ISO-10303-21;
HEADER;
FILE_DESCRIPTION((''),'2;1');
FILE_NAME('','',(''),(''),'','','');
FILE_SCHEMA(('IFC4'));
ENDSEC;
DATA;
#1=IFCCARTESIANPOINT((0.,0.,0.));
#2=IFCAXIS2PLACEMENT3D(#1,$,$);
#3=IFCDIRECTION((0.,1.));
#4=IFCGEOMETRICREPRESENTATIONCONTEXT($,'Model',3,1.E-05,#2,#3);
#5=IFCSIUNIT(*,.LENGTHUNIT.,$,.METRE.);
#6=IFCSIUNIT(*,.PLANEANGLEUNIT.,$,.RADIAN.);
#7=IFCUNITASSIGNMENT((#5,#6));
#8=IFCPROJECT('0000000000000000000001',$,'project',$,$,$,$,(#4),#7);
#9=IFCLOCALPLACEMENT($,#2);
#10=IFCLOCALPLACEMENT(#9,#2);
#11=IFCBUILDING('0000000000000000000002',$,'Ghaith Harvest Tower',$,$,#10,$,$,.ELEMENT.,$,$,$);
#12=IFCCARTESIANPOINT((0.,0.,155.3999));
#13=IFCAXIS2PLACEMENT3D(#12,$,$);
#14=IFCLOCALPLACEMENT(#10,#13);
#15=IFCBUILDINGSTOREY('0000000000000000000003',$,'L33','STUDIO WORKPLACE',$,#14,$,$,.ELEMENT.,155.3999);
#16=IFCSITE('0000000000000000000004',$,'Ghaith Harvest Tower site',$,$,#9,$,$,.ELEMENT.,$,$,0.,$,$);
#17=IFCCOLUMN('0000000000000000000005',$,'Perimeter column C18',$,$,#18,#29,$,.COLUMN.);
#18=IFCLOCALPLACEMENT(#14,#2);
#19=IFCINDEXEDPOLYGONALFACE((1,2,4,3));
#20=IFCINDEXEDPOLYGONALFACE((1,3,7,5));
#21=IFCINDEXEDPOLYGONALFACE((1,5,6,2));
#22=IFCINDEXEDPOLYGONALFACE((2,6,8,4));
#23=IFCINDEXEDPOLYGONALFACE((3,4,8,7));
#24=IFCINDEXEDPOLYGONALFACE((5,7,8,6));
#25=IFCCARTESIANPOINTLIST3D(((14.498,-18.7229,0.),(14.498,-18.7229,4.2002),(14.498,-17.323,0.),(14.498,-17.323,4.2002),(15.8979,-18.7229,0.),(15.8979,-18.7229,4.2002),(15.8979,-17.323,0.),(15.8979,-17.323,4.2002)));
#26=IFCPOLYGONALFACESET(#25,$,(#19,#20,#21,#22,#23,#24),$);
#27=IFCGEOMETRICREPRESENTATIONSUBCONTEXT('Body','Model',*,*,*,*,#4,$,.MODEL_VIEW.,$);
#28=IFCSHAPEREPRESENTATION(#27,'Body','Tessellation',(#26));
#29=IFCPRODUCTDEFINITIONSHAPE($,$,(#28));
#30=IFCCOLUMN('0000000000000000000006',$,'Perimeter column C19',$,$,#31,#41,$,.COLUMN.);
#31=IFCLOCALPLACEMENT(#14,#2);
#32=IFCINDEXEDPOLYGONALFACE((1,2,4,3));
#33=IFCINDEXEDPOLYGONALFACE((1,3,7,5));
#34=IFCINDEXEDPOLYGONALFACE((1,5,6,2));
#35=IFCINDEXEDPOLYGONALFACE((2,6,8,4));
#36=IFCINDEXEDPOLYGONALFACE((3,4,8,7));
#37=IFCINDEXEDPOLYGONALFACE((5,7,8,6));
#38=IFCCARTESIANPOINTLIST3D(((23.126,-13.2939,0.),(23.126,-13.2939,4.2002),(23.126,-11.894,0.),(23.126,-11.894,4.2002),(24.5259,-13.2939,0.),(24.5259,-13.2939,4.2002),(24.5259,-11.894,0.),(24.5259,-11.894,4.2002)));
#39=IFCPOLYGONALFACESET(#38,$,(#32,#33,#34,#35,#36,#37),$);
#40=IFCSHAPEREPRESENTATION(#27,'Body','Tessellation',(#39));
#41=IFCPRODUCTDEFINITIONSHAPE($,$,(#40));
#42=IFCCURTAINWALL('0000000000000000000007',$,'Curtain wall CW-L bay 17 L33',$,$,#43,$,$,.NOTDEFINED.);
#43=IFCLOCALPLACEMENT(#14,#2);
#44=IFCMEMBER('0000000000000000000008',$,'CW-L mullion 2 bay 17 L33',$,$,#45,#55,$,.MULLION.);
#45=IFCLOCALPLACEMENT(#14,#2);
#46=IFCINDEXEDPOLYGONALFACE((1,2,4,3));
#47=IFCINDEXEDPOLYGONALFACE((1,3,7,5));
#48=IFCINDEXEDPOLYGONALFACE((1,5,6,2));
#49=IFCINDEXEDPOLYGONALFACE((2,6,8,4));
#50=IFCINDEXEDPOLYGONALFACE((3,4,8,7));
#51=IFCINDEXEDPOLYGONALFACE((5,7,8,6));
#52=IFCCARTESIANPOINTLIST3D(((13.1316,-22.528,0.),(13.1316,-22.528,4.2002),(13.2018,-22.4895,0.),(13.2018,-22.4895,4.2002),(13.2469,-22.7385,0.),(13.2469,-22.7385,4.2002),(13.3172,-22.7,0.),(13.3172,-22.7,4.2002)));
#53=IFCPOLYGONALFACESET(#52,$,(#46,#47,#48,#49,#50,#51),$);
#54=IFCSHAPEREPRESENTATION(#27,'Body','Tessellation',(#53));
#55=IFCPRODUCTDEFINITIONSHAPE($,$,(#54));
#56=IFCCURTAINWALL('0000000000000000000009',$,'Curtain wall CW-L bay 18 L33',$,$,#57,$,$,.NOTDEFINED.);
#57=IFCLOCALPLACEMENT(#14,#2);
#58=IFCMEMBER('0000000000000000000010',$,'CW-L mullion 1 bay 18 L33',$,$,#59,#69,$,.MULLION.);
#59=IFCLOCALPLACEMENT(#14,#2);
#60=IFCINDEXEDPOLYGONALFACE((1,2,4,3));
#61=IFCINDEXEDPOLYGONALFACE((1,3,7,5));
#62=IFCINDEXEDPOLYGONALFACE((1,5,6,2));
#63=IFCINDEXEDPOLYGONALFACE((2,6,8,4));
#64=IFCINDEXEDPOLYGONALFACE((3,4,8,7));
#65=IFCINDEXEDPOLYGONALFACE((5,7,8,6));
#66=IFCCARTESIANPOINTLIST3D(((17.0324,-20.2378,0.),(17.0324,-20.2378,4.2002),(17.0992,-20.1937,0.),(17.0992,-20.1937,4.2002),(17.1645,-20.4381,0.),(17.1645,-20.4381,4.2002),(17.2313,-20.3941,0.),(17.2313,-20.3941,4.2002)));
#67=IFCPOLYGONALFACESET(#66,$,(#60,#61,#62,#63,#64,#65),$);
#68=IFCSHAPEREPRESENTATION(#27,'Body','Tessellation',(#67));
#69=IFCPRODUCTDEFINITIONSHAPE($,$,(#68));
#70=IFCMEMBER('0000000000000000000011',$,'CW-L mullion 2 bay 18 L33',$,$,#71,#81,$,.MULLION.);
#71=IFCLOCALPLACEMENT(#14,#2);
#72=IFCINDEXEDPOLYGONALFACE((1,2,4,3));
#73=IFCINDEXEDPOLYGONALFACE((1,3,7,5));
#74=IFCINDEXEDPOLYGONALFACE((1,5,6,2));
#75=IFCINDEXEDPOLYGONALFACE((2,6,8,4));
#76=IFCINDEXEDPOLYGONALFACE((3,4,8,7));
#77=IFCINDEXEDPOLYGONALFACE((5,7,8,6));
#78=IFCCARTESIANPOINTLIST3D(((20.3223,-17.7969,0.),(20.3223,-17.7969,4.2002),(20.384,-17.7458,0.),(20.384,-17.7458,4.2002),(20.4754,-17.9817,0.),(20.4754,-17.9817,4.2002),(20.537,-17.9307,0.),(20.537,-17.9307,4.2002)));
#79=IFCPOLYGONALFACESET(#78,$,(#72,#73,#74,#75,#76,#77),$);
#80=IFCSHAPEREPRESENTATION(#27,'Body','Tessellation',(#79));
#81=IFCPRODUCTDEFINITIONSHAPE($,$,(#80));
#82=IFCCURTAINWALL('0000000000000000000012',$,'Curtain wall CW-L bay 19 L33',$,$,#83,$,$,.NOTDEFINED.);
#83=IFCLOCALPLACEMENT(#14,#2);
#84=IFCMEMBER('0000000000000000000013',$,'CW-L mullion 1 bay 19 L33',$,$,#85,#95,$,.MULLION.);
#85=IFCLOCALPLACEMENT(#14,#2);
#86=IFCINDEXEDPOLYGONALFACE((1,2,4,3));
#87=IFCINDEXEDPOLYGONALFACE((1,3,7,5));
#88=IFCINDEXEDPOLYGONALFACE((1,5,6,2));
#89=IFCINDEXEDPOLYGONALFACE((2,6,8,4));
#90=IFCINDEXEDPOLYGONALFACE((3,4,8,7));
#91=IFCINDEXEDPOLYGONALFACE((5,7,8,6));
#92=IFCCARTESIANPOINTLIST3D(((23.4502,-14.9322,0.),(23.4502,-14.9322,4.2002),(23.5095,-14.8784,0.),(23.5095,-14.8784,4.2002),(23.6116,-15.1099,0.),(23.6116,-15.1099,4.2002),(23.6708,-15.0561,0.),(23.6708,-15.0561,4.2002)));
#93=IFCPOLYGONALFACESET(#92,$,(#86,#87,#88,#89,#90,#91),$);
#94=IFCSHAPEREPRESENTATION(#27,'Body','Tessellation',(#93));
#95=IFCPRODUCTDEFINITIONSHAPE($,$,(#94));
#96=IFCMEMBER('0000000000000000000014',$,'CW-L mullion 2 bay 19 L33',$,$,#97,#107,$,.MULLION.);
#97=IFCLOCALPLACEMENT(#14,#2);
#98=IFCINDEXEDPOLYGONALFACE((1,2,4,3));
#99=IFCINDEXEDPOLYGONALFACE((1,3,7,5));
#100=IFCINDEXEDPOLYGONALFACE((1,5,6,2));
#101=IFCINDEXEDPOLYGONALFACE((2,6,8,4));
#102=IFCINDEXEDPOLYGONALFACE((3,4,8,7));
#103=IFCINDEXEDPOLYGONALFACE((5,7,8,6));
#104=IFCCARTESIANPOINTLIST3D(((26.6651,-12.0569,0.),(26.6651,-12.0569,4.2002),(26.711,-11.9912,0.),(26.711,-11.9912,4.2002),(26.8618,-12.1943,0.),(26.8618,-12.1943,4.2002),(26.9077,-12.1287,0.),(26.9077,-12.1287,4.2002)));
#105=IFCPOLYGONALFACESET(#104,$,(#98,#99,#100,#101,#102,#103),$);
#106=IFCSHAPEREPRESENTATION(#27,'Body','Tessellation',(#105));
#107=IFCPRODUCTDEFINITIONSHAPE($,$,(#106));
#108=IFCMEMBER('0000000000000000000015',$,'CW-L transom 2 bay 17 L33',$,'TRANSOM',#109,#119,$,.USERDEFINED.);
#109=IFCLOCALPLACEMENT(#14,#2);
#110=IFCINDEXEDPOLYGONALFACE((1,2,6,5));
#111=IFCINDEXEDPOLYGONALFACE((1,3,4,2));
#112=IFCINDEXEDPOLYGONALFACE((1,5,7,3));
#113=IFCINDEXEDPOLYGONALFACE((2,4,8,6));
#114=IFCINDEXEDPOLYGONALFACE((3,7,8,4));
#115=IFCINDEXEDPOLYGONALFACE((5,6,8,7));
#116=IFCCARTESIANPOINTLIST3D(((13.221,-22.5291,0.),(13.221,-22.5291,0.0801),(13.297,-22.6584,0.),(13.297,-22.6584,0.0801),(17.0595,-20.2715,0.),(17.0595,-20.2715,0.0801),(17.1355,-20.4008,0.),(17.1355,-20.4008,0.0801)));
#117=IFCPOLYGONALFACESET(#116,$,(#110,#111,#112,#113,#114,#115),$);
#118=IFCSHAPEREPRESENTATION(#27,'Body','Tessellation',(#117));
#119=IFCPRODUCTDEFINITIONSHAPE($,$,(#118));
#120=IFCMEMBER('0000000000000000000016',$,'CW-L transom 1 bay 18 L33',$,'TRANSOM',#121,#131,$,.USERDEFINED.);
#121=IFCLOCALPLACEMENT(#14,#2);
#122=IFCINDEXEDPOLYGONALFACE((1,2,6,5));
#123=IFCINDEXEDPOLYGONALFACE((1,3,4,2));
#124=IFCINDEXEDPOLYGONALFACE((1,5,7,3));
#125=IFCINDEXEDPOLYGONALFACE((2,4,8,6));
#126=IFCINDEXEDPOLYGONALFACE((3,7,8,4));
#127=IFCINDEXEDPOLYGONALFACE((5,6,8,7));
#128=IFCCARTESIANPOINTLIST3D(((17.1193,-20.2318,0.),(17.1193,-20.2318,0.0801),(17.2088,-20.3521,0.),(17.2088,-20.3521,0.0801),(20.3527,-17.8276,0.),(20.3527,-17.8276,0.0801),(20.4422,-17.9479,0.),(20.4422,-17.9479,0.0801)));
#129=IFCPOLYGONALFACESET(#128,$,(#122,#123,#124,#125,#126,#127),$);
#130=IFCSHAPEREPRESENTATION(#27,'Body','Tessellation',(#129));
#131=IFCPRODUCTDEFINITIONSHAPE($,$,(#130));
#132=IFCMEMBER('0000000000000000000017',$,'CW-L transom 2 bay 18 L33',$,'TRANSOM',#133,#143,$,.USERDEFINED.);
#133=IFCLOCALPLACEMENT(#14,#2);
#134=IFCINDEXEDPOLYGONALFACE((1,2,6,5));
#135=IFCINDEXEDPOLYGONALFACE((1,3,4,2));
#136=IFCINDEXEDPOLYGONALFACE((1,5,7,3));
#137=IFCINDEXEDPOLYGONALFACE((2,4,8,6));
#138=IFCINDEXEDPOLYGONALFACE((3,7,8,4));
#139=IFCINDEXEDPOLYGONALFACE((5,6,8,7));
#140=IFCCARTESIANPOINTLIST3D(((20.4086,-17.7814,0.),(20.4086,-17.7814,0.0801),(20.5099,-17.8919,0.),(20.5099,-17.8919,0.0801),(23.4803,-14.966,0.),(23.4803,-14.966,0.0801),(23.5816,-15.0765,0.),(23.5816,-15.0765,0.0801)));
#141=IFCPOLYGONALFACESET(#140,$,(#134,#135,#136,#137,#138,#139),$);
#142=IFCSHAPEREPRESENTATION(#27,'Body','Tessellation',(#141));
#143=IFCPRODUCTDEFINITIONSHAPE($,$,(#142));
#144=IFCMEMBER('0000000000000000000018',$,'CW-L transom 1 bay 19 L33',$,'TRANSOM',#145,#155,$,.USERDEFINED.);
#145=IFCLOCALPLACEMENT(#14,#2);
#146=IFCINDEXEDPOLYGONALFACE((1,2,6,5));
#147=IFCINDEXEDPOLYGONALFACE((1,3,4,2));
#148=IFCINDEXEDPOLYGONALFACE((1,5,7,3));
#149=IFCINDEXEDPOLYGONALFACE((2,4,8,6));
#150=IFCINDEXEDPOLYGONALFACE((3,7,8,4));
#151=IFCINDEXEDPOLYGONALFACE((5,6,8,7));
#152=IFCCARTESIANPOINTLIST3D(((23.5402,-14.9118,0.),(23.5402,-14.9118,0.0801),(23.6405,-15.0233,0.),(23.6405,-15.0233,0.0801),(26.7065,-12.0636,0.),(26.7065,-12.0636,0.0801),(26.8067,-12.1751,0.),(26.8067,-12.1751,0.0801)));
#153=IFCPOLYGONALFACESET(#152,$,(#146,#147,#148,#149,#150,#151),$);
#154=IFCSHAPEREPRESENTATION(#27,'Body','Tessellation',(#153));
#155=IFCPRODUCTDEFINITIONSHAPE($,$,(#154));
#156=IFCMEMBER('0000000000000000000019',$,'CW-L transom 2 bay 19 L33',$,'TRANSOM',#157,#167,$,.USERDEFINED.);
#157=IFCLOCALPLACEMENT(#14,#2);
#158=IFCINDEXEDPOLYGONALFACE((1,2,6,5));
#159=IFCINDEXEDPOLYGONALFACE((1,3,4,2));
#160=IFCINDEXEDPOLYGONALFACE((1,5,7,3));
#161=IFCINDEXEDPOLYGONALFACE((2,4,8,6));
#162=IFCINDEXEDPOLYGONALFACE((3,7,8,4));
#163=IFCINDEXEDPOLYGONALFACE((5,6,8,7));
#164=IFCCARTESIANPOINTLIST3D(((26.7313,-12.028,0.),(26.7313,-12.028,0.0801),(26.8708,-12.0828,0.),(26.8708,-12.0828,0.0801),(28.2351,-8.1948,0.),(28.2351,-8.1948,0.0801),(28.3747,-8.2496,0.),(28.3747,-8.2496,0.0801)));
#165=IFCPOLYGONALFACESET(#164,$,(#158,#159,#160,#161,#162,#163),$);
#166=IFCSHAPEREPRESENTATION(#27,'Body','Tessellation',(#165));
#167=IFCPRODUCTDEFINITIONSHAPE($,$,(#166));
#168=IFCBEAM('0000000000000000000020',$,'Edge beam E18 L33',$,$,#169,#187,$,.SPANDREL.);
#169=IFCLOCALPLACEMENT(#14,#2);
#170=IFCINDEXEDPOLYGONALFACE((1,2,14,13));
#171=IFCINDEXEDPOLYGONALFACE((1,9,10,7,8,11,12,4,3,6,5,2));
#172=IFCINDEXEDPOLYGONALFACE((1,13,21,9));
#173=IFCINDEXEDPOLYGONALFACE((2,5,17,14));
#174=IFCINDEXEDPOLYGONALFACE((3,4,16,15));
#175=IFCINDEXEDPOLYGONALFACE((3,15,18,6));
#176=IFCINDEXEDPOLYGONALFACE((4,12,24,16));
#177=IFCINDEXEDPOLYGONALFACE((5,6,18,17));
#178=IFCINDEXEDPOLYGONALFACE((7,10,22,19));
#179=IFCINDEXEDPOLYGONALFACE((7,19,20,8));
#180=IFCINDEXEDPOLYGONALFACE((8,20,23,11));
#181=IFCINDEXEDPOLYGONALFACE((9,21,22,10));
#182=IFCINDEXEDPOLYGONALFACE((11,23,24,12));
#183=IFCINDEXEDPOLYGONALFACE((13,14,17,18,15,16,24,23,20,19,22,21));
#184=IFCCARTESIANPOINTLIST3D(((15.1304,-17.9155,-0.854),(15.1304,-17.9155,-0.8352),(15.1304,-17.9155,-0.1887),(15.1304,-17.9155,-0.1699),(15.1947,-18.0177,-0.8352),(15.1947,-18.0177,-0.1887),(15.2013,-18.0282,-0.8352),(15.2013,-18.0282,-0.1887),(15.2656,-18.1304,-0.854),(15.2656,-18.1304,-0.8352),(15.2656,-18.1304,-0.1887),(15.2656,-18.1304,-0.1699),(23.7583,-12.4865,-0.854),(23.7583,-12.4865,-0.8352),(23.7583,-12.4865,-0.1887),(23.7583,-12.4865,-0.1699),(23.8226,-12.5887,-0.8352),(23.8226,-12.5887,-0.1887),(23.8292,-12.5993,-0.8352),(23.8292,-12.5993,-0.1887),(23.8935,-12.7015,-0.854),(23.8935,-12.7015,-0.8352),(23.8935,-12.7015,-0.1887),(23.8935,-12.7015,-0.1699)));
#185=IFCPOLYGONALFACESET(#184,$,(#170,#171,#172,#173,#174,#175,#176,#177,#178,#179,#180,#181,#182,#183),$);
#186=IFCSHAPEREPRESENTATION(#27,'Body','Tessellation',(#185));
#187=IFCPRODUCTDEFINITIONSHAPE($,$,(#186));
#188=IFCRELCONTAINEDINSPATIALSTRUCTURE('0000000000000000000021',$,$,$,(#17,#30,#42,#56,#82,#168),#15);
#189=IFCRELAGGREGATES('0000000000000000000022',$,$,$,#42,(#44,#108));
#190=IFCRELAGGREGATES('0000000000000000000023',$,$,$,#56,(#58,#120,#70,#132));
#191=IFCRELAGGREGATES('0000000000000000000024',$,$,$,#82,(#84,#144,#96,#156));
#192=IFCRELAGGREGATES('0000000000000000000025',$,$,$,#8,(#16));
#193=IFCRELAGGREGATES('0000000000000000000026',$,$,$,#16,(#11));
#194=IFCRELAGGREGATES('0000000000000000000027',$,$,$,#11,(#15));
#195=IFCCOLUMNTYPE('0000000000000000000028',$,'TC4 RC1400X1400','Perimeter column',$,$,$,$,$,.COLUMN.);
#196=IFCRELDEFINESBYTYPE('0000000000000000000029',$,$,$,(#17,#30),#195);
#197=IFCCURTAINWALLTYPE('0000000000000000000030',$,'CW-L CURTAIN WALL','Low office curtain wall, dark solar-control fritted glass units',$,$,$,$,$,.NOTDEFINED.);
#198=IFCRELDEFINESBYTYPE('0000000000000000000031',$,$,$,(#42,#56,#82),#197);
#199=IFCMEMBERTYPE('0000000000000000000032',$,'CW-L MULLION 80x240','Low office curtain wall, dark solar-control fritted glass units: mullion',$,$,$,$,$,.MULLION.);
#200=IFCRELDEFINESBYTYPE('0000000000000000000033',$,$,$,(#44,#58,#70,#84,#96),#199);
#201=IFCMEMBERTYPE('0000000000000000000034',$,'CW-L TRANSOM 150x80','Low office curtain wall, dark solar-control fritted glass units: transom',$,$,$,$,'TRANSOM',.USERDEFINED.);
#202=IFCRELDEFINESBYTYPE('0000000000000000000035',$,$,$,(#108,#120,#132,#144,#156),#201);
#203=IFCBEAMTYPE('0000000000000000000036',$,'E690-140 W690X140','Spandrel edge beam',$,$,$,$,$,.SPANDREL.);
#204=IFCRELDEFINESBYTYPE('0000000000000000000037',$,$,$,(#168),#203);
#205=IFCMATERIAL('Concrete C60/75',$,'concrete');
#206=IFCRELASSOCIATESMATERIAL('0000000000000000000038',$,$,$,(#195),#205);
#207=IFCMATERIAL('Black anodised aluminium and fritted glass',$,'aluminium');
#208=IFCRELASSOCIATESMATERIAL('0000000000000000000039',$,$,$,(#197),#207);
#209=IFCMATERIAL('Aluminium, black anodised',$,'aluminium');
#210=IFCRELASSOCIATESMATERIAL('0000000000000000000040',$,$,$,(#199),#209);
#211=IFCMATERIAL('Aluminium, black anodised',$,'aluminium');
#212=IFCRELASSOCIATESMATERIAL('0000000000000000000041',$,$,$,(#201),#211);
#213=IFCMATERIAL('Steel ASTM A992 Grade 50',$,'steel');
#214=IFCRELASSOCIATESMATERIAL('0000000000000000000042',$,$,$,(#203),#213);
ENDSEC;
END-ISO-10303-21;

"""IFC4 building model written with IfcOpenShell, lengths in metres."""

from ifc_helpers import new_model, si_unit, direction, frame, origin, origin_2d, place, context, subcontext, project, spatial, rectangle, i_section, extrude, material, material_profile, profile_set, type_object, element, aggregate, save


model = new_model("IFC4")

# Units and contexts
model_context = context("Model", 3, precision=1e-05, world=origin(), true_north=direction((0.0, 1.0)))
body_context = subcontext(model_context, "Body", "Model", "MODEL_VIEW")
ifc_project = project(units=[si_unit("LENGTHUNIT", "METRE"), si_unit("PLANEANGLEUNIT", "RADIAN")], contexts=[model_context])

# Site, building, storey
site_placement = place(None, origin())
site = spatial("IfcSite", under=ifc_project, at=site_placement, Name="Ghaith Harvest Tower site", CompositionType="ELEMENT", RefElevation=0.0)
building_placement = place(site_placement, origin())
building = spatial("IfcBuilding", under=site, at=building_placement, Name="Ghaith Harvest Tower", CompositionType="ELEMENT")
storey_placement = place(building_placement, frame((0.0, 0.0, 155.3999)))
storey = spatial("IfcBuildingStorey", under=building, at=storey_placement, Name="L33", Description="STUDIO WORKPLACE", CompositionType="ELEMENT", Elevation=155.3999)

# Columns
ifc_material_1 = material(Name="Concrete C60/75", Category="concrete")
ifc_material_profile_1 = material_profile(ifc_material_1, rectangle(XDim=1.3999, YDim=1.3999, at=origin_2d()), Name="RC1400X1400")
ifc_profile_set_1 = profile_set([ifc_material_profile_1], Name="Concrete C60/75")
column_type = type_object("IfcColumnType", Name="TC4 RC1400X1400", Description="Perimeter column", PredefinedType="COLUMN", material=ifc_profile_set_1)
for number, where, z_axis, x_axis, name in (
    (1, (15.198, -18.0229, 0.0), (0.0, 0.0, 1.0), (1.0, 0.0, 0.0), "Perimeter column C18"),
    (2, (23.8259, -12.594, 0.0), (0.0, 0.0, 1.0), (1.0, 0.0, 0.0), "Perimeter column C19"),
):
    element("IfcColumn", number, at=place(storey_placement, frame(where, z_axis=z_axis, x_axis=x_axis)), inside=storey, type_object=column_type, Name=name, PredefinedType="COLUMN", context=body_context, shape_type="SweptSolid", body=[
        extrude(rectangle(XDim=1.3999, YDim=1.3999, at=origin_2d()), origin(), (0.0, 0.0, 1.0), 4.2002),
    ])

# Curtain wall, member
ifc_material_2 = material(Name="Black anodised aluminium and fritted glass", Category="aluminium")
curtain_wall_type = type_object("IfcCurtainWallType", Name="CW-L CURTAIN WALL", Description="Low office curtain wall, dark solar-control fritted glass units", PredefinedType="NOTDEFINED", material=ifc_material_2)
curtain_wall_1_placement = place(storey_placement, origin())
curtain_wall_1 = element("IfcCurtainWall", 3, at=curtain_wall_1_placement, inside=storey, type_object=curtain_wall_type, Name="Curtain wall CW-L bay 17 L33", PredefinedType="NOTDEFINED")
ifc_material_3 = material(Name="Aluminium, black anodised", Category="aluminium")
ifc_material_profile_2 = material_profile(ifc_material_3, rectangle(XDim=0.0801, YDim=0.24, at=origin_2d()), Name="CW-L MULLION 80x240")
ifc_profile_set_2 = profile_set([ifc_material_profile_2], Name="Aluminium, black anodised")
member_type_1 = type_object("IfcMemberType", Name="CW-L MULLION 80x240", Description="Low office curtain wall, dark solar-control fritted glass units: mullion", PredefinedType="MULLION", material=ifc_profile_set_2)
member_1_placement = place(storey_placement, frame((13.2244, -22.614, 0.0), z_axis=(0.0, 0.0, 1.0), x_axis=(0.876899, 0.480675, 0.0)))
member_1 = element("IfcMember", 4, at=member_1_placement, type_object=member_type_1, Name="CW-L mullion 2 bay 17 L33", PredefinedType="MULLION", context=body_context, shape_type="SweptSolid", body=[
    extrude(rectangle(XDim=0.0801, YDim=0.24, at=origin_2d()), origin(), (0.0, 0.0, 1.0), 4.2002),
])

# Curtain walls, members
curtain_wall_2_placement = place(storey_placement, origin())
curtain_wall_2 = element("IfcCurtainWall", 5, at=curtain_wall_2_placement, inside=storey, type_object=curtain_wall_type, Name="Curtain wall CW-L bay 18 L33", PredefinedType="NOTDEFINED")
member_2_placement = place(storey_placement, frame((17.1318, -20.3159, 0.0), z_axis=(0.0, 0.0, 1.0), x_axis=(0.834887, 0.550421, 0.0)))
member_2 = element("IfcMember", 6, at=member_2_placement, type_object=member_type_1, Name="CW-L mullion 1 bay 18 L33", PredefinedType="MULLION", context=body_context, shape_type="SweptSolid", body=[
    extrude(rectangle(XDim=0.0801, YDim=0.24, at=origin_2d()), origin(), (0.0, 0.0, 1.0), 4.2002),
])
member_3_placement = place(storey_placement, frame((20.4297, -17.8638, 0.0), z_axis=(0.0, 0.0, 1.0), x_axis=(0.770306, 0.637674, 0.0)))
member_3 = element("IfcMember", 7, at=member_3_placement, type_object=member_type_1, Name="CW-L mullion 2 bay 18 L33", PredefinedType="MULLION", context=body_context, shape_type="SweptSolid", body=[
    extrude(rectangle(XDim=0.0801, YDim=0.24, at=origin_2d()), origin(), (0.0, 0.0, 1.0), 4.2002),
])
curtain_wall_3_placement = place(storey_placement, origin())
curtain_wall_3 = element("IfcCurtainWall", 8, at=curtain_wall_3_placement, inside=storey, type_object=curtain_wall_type, Name="Curtain wall CW-L bay 19 L33", PredefinedType="NOTDEFINED")
member_4_placement = place(storey_placement, frame((23.5605, -14.9941, 0.0), z_axis=(0.0, 0.0, 1.0), x_axis=(0.740389, 0.672179, 0.0)))
member_4 = element("IfcMember", 9, at=member_4_placement, type_object=member_type_1, Name="CW-L mullion 1 bay 19 L33", PredefinedType="MULLION", context=body_context, shape_type="SweptSolid", body=[
    extrude(rectangle(XDim=0.0801, YDim=0.24, at=origin_2d()), origin(), (0.0, 0.0, 1.0), 4.2002),
])
member_5_placement = place(storey_placement, frame((26.7864, -12.0928, 0.0), z_axis=(0.0, 0.0, 1.0), x_axis=(0.572853, 0.819658, 0.0)))
member_5 = element("IfcMember", 10, at=member_5_placement, type_object=member_type_1, Name="CW-L mullion 2 bay 19 L33", PredefinedType="MULLION", context=body_context, shape_type="SweptSolid", body=[
    extrude(rectangle(XDim=0.0801, YDim=0.24, at=origin_2d()), origin(), (0.0, 0.0, 1.0), 4.2002),
])

# Members
ifc_material_4 = material(Name="Aluminium, black anodised", Category="aluminium")
ifc_material_profile_3 = material_profile(ifc_material_4, rectangle(XDim=0.1499, YDim=0.0801, at=origin_2d()), Name="CW-L TRANSOM 150x80")
ifc_profile_set_3 = profile_set([ifc_material_profile_3], Name="Aluminium, black anodised")
member_type_2 = type_object("IfcMemberType", Name="CW-L TRANSOM 150x80", Description="Low office curtain wall, dark solar-control fritted glass units: transom", ElementType="TRANSOM", PredefinedType="USERDEFINED", material=ifc_profile_set_3)
member_6_placement = place(storey_placement, frame((13.259, -22.5938, 0.04), z_axis=(0.861964, 0.50697, 0.0), x_axis=(-0.50697, 0.861964, 0.0)))
member_6 = element("IfcMember", 11, at=member_6_placement, type_object=member_type_2, Name="CW-L transom 2 bay 17 L33", ObjectType="TRANSOM", PredefinedType="USERDEFINED", context=body_context, shape_type="SweptSolid", body=[
    extrude(rectangle(XDim=0.1499, YDim=0.0801, at=origin_2d()), origin(), (0.0, 0.0, 1.0), 4.4531),
])
member_7_placement = place(storey_placement, frame((17.1641, -20.292, 0.04), z_axis=(0.802465, 0.596699, 0.0), x_axis=(-0.596699, 0.802465, 0.0)))
member_7 = element("IfcMember", 12, at=member_7_placement, type_object=member_type_2, Name="CW-L transom 1 bay 18 L33", ObjectType="TRANSOM", PredefinedType="USERDEFINED", context=body_context, shape_type="SweptSolid", body=[
    extrude(rectangle(XDim=0.1499, YDim=0.0801, at=origin_2d()), origin(), (0.0, 0.0, 1.0), 4.0293),
])
member_8_placement = place(storey_placement, frame((20.4592, -17.8367, 0.04), z_axis=(0.737198, 0.675677, 0.0), x_axis=(-0.675677, 0.737198, 0.0)))
member_8 = element("IfcMember", 13, at=member_8_placement, type_object=member_type_2, Name="CW-L transom 2 bay 18 L33", ObjectType="TRANSOM", PredefinedType="USERDEFINED", context=body_context, shape_type="SweptSolid", body=[
    extrude(rectangle(XDim=0.1499, YDim=0.0801, at=origin_2d()), origin(), (0.0, 0.0, 1.0), 4.1667),
])
member_9_placement = place(storey_placement, frame((23.5903, -14.9675, 0.04), z_axis=(0.743468, 0.668772, 0.0), x_axis=(-0.668772, 0.743468, 0.0)))
member_9 = element("IfcMember", 14, at=member_9_placement, type_object=member_type_2, Name="CW-L transom 1 bay 19 L33", ObjectType="TRANSOM", PredefinedType="USERDEFINED", context=body_context, shape_type="SweptSolid", body=[
    extrude(rectangle(XDim=0.1499, YDim=0.0801, at=origin_2d()), origin(), (0.0, 0.0, 1.0), 4.2588),
])
member_10_placement = place(storey_placement, frame((26.801, -12.0554, 0.04), z_axis=(0.365229, 0.930918, 0.0), x_axis=(-0.930918, 0.365229, 0.0)))
member_10 = element("IfcMember", 15, at=member_10_placement, type_object=member_type_2, Name="CW-L transom 2 bay 19 L33", ObjectType="TRANSOM", PredefinedType="USERDEFINED", context=body_context, shape_type="SweptSolid", body=[
    extrude(rectangle(XDim=0.1499, YDim=0.0801, at=origin_2d()), origin(), (0.0, 0.0, 1.0), 4.1177),
])

# Beam
ifc_material_5 = material(Name="Steel ASTM A992 Grade 50", Category="steel")
ifc_material_profile_4 = material_profile(ifc_material_5, i_section(OverallWidth=0.2539, OverallDepth=0.6841, WebThickness=0.0125, FlangeThickness=0.0188, at=origin_2d()), Name="W690X140")
ifc_profile_set_4 = profile_set([ifc_material_profile_4], Name="Steel ASTM A992 Grade 50")
beam_type = type_object("IfcBeamType", Name="E690-140 W690X140", Description="Spandrel edge beam", PredefinedType="SPANDREL", material=ifc_profile_set_4)
beam_1_placement = place(storey_placement, frame((15.198, -18.0229, -0.512), z_axis=(0.846385, 0.532571, 0.0), x_axis=(-0.532571, 0.846385, 0.0)))
element("IfcBeam", 16, at=beam_1_placement, inside=storey, type_object=beam_type, Name="Edge beam E18 L33", PredefinedType="SPANDREL", context=body_context, shape_type="SweptSolid", body=[
    extrude(i_section(OverallWidth=0.2539, OverallDepth=0.6841, WebThickness=0.0125, FlangeThickness=0.0188, at=origin_2d()), origin(), (0.0, 0.0, 1.0), 10.1938),
])

aggregate(curtain_wall_1, [member_1, member_6])
aggregate(curtain_wall_2, [member_2, member_7, member_3, member_8])
aggregate(curtain_wall_3, [member_4, member_9, member_5, member_10])

save(model, "model.ifc")
